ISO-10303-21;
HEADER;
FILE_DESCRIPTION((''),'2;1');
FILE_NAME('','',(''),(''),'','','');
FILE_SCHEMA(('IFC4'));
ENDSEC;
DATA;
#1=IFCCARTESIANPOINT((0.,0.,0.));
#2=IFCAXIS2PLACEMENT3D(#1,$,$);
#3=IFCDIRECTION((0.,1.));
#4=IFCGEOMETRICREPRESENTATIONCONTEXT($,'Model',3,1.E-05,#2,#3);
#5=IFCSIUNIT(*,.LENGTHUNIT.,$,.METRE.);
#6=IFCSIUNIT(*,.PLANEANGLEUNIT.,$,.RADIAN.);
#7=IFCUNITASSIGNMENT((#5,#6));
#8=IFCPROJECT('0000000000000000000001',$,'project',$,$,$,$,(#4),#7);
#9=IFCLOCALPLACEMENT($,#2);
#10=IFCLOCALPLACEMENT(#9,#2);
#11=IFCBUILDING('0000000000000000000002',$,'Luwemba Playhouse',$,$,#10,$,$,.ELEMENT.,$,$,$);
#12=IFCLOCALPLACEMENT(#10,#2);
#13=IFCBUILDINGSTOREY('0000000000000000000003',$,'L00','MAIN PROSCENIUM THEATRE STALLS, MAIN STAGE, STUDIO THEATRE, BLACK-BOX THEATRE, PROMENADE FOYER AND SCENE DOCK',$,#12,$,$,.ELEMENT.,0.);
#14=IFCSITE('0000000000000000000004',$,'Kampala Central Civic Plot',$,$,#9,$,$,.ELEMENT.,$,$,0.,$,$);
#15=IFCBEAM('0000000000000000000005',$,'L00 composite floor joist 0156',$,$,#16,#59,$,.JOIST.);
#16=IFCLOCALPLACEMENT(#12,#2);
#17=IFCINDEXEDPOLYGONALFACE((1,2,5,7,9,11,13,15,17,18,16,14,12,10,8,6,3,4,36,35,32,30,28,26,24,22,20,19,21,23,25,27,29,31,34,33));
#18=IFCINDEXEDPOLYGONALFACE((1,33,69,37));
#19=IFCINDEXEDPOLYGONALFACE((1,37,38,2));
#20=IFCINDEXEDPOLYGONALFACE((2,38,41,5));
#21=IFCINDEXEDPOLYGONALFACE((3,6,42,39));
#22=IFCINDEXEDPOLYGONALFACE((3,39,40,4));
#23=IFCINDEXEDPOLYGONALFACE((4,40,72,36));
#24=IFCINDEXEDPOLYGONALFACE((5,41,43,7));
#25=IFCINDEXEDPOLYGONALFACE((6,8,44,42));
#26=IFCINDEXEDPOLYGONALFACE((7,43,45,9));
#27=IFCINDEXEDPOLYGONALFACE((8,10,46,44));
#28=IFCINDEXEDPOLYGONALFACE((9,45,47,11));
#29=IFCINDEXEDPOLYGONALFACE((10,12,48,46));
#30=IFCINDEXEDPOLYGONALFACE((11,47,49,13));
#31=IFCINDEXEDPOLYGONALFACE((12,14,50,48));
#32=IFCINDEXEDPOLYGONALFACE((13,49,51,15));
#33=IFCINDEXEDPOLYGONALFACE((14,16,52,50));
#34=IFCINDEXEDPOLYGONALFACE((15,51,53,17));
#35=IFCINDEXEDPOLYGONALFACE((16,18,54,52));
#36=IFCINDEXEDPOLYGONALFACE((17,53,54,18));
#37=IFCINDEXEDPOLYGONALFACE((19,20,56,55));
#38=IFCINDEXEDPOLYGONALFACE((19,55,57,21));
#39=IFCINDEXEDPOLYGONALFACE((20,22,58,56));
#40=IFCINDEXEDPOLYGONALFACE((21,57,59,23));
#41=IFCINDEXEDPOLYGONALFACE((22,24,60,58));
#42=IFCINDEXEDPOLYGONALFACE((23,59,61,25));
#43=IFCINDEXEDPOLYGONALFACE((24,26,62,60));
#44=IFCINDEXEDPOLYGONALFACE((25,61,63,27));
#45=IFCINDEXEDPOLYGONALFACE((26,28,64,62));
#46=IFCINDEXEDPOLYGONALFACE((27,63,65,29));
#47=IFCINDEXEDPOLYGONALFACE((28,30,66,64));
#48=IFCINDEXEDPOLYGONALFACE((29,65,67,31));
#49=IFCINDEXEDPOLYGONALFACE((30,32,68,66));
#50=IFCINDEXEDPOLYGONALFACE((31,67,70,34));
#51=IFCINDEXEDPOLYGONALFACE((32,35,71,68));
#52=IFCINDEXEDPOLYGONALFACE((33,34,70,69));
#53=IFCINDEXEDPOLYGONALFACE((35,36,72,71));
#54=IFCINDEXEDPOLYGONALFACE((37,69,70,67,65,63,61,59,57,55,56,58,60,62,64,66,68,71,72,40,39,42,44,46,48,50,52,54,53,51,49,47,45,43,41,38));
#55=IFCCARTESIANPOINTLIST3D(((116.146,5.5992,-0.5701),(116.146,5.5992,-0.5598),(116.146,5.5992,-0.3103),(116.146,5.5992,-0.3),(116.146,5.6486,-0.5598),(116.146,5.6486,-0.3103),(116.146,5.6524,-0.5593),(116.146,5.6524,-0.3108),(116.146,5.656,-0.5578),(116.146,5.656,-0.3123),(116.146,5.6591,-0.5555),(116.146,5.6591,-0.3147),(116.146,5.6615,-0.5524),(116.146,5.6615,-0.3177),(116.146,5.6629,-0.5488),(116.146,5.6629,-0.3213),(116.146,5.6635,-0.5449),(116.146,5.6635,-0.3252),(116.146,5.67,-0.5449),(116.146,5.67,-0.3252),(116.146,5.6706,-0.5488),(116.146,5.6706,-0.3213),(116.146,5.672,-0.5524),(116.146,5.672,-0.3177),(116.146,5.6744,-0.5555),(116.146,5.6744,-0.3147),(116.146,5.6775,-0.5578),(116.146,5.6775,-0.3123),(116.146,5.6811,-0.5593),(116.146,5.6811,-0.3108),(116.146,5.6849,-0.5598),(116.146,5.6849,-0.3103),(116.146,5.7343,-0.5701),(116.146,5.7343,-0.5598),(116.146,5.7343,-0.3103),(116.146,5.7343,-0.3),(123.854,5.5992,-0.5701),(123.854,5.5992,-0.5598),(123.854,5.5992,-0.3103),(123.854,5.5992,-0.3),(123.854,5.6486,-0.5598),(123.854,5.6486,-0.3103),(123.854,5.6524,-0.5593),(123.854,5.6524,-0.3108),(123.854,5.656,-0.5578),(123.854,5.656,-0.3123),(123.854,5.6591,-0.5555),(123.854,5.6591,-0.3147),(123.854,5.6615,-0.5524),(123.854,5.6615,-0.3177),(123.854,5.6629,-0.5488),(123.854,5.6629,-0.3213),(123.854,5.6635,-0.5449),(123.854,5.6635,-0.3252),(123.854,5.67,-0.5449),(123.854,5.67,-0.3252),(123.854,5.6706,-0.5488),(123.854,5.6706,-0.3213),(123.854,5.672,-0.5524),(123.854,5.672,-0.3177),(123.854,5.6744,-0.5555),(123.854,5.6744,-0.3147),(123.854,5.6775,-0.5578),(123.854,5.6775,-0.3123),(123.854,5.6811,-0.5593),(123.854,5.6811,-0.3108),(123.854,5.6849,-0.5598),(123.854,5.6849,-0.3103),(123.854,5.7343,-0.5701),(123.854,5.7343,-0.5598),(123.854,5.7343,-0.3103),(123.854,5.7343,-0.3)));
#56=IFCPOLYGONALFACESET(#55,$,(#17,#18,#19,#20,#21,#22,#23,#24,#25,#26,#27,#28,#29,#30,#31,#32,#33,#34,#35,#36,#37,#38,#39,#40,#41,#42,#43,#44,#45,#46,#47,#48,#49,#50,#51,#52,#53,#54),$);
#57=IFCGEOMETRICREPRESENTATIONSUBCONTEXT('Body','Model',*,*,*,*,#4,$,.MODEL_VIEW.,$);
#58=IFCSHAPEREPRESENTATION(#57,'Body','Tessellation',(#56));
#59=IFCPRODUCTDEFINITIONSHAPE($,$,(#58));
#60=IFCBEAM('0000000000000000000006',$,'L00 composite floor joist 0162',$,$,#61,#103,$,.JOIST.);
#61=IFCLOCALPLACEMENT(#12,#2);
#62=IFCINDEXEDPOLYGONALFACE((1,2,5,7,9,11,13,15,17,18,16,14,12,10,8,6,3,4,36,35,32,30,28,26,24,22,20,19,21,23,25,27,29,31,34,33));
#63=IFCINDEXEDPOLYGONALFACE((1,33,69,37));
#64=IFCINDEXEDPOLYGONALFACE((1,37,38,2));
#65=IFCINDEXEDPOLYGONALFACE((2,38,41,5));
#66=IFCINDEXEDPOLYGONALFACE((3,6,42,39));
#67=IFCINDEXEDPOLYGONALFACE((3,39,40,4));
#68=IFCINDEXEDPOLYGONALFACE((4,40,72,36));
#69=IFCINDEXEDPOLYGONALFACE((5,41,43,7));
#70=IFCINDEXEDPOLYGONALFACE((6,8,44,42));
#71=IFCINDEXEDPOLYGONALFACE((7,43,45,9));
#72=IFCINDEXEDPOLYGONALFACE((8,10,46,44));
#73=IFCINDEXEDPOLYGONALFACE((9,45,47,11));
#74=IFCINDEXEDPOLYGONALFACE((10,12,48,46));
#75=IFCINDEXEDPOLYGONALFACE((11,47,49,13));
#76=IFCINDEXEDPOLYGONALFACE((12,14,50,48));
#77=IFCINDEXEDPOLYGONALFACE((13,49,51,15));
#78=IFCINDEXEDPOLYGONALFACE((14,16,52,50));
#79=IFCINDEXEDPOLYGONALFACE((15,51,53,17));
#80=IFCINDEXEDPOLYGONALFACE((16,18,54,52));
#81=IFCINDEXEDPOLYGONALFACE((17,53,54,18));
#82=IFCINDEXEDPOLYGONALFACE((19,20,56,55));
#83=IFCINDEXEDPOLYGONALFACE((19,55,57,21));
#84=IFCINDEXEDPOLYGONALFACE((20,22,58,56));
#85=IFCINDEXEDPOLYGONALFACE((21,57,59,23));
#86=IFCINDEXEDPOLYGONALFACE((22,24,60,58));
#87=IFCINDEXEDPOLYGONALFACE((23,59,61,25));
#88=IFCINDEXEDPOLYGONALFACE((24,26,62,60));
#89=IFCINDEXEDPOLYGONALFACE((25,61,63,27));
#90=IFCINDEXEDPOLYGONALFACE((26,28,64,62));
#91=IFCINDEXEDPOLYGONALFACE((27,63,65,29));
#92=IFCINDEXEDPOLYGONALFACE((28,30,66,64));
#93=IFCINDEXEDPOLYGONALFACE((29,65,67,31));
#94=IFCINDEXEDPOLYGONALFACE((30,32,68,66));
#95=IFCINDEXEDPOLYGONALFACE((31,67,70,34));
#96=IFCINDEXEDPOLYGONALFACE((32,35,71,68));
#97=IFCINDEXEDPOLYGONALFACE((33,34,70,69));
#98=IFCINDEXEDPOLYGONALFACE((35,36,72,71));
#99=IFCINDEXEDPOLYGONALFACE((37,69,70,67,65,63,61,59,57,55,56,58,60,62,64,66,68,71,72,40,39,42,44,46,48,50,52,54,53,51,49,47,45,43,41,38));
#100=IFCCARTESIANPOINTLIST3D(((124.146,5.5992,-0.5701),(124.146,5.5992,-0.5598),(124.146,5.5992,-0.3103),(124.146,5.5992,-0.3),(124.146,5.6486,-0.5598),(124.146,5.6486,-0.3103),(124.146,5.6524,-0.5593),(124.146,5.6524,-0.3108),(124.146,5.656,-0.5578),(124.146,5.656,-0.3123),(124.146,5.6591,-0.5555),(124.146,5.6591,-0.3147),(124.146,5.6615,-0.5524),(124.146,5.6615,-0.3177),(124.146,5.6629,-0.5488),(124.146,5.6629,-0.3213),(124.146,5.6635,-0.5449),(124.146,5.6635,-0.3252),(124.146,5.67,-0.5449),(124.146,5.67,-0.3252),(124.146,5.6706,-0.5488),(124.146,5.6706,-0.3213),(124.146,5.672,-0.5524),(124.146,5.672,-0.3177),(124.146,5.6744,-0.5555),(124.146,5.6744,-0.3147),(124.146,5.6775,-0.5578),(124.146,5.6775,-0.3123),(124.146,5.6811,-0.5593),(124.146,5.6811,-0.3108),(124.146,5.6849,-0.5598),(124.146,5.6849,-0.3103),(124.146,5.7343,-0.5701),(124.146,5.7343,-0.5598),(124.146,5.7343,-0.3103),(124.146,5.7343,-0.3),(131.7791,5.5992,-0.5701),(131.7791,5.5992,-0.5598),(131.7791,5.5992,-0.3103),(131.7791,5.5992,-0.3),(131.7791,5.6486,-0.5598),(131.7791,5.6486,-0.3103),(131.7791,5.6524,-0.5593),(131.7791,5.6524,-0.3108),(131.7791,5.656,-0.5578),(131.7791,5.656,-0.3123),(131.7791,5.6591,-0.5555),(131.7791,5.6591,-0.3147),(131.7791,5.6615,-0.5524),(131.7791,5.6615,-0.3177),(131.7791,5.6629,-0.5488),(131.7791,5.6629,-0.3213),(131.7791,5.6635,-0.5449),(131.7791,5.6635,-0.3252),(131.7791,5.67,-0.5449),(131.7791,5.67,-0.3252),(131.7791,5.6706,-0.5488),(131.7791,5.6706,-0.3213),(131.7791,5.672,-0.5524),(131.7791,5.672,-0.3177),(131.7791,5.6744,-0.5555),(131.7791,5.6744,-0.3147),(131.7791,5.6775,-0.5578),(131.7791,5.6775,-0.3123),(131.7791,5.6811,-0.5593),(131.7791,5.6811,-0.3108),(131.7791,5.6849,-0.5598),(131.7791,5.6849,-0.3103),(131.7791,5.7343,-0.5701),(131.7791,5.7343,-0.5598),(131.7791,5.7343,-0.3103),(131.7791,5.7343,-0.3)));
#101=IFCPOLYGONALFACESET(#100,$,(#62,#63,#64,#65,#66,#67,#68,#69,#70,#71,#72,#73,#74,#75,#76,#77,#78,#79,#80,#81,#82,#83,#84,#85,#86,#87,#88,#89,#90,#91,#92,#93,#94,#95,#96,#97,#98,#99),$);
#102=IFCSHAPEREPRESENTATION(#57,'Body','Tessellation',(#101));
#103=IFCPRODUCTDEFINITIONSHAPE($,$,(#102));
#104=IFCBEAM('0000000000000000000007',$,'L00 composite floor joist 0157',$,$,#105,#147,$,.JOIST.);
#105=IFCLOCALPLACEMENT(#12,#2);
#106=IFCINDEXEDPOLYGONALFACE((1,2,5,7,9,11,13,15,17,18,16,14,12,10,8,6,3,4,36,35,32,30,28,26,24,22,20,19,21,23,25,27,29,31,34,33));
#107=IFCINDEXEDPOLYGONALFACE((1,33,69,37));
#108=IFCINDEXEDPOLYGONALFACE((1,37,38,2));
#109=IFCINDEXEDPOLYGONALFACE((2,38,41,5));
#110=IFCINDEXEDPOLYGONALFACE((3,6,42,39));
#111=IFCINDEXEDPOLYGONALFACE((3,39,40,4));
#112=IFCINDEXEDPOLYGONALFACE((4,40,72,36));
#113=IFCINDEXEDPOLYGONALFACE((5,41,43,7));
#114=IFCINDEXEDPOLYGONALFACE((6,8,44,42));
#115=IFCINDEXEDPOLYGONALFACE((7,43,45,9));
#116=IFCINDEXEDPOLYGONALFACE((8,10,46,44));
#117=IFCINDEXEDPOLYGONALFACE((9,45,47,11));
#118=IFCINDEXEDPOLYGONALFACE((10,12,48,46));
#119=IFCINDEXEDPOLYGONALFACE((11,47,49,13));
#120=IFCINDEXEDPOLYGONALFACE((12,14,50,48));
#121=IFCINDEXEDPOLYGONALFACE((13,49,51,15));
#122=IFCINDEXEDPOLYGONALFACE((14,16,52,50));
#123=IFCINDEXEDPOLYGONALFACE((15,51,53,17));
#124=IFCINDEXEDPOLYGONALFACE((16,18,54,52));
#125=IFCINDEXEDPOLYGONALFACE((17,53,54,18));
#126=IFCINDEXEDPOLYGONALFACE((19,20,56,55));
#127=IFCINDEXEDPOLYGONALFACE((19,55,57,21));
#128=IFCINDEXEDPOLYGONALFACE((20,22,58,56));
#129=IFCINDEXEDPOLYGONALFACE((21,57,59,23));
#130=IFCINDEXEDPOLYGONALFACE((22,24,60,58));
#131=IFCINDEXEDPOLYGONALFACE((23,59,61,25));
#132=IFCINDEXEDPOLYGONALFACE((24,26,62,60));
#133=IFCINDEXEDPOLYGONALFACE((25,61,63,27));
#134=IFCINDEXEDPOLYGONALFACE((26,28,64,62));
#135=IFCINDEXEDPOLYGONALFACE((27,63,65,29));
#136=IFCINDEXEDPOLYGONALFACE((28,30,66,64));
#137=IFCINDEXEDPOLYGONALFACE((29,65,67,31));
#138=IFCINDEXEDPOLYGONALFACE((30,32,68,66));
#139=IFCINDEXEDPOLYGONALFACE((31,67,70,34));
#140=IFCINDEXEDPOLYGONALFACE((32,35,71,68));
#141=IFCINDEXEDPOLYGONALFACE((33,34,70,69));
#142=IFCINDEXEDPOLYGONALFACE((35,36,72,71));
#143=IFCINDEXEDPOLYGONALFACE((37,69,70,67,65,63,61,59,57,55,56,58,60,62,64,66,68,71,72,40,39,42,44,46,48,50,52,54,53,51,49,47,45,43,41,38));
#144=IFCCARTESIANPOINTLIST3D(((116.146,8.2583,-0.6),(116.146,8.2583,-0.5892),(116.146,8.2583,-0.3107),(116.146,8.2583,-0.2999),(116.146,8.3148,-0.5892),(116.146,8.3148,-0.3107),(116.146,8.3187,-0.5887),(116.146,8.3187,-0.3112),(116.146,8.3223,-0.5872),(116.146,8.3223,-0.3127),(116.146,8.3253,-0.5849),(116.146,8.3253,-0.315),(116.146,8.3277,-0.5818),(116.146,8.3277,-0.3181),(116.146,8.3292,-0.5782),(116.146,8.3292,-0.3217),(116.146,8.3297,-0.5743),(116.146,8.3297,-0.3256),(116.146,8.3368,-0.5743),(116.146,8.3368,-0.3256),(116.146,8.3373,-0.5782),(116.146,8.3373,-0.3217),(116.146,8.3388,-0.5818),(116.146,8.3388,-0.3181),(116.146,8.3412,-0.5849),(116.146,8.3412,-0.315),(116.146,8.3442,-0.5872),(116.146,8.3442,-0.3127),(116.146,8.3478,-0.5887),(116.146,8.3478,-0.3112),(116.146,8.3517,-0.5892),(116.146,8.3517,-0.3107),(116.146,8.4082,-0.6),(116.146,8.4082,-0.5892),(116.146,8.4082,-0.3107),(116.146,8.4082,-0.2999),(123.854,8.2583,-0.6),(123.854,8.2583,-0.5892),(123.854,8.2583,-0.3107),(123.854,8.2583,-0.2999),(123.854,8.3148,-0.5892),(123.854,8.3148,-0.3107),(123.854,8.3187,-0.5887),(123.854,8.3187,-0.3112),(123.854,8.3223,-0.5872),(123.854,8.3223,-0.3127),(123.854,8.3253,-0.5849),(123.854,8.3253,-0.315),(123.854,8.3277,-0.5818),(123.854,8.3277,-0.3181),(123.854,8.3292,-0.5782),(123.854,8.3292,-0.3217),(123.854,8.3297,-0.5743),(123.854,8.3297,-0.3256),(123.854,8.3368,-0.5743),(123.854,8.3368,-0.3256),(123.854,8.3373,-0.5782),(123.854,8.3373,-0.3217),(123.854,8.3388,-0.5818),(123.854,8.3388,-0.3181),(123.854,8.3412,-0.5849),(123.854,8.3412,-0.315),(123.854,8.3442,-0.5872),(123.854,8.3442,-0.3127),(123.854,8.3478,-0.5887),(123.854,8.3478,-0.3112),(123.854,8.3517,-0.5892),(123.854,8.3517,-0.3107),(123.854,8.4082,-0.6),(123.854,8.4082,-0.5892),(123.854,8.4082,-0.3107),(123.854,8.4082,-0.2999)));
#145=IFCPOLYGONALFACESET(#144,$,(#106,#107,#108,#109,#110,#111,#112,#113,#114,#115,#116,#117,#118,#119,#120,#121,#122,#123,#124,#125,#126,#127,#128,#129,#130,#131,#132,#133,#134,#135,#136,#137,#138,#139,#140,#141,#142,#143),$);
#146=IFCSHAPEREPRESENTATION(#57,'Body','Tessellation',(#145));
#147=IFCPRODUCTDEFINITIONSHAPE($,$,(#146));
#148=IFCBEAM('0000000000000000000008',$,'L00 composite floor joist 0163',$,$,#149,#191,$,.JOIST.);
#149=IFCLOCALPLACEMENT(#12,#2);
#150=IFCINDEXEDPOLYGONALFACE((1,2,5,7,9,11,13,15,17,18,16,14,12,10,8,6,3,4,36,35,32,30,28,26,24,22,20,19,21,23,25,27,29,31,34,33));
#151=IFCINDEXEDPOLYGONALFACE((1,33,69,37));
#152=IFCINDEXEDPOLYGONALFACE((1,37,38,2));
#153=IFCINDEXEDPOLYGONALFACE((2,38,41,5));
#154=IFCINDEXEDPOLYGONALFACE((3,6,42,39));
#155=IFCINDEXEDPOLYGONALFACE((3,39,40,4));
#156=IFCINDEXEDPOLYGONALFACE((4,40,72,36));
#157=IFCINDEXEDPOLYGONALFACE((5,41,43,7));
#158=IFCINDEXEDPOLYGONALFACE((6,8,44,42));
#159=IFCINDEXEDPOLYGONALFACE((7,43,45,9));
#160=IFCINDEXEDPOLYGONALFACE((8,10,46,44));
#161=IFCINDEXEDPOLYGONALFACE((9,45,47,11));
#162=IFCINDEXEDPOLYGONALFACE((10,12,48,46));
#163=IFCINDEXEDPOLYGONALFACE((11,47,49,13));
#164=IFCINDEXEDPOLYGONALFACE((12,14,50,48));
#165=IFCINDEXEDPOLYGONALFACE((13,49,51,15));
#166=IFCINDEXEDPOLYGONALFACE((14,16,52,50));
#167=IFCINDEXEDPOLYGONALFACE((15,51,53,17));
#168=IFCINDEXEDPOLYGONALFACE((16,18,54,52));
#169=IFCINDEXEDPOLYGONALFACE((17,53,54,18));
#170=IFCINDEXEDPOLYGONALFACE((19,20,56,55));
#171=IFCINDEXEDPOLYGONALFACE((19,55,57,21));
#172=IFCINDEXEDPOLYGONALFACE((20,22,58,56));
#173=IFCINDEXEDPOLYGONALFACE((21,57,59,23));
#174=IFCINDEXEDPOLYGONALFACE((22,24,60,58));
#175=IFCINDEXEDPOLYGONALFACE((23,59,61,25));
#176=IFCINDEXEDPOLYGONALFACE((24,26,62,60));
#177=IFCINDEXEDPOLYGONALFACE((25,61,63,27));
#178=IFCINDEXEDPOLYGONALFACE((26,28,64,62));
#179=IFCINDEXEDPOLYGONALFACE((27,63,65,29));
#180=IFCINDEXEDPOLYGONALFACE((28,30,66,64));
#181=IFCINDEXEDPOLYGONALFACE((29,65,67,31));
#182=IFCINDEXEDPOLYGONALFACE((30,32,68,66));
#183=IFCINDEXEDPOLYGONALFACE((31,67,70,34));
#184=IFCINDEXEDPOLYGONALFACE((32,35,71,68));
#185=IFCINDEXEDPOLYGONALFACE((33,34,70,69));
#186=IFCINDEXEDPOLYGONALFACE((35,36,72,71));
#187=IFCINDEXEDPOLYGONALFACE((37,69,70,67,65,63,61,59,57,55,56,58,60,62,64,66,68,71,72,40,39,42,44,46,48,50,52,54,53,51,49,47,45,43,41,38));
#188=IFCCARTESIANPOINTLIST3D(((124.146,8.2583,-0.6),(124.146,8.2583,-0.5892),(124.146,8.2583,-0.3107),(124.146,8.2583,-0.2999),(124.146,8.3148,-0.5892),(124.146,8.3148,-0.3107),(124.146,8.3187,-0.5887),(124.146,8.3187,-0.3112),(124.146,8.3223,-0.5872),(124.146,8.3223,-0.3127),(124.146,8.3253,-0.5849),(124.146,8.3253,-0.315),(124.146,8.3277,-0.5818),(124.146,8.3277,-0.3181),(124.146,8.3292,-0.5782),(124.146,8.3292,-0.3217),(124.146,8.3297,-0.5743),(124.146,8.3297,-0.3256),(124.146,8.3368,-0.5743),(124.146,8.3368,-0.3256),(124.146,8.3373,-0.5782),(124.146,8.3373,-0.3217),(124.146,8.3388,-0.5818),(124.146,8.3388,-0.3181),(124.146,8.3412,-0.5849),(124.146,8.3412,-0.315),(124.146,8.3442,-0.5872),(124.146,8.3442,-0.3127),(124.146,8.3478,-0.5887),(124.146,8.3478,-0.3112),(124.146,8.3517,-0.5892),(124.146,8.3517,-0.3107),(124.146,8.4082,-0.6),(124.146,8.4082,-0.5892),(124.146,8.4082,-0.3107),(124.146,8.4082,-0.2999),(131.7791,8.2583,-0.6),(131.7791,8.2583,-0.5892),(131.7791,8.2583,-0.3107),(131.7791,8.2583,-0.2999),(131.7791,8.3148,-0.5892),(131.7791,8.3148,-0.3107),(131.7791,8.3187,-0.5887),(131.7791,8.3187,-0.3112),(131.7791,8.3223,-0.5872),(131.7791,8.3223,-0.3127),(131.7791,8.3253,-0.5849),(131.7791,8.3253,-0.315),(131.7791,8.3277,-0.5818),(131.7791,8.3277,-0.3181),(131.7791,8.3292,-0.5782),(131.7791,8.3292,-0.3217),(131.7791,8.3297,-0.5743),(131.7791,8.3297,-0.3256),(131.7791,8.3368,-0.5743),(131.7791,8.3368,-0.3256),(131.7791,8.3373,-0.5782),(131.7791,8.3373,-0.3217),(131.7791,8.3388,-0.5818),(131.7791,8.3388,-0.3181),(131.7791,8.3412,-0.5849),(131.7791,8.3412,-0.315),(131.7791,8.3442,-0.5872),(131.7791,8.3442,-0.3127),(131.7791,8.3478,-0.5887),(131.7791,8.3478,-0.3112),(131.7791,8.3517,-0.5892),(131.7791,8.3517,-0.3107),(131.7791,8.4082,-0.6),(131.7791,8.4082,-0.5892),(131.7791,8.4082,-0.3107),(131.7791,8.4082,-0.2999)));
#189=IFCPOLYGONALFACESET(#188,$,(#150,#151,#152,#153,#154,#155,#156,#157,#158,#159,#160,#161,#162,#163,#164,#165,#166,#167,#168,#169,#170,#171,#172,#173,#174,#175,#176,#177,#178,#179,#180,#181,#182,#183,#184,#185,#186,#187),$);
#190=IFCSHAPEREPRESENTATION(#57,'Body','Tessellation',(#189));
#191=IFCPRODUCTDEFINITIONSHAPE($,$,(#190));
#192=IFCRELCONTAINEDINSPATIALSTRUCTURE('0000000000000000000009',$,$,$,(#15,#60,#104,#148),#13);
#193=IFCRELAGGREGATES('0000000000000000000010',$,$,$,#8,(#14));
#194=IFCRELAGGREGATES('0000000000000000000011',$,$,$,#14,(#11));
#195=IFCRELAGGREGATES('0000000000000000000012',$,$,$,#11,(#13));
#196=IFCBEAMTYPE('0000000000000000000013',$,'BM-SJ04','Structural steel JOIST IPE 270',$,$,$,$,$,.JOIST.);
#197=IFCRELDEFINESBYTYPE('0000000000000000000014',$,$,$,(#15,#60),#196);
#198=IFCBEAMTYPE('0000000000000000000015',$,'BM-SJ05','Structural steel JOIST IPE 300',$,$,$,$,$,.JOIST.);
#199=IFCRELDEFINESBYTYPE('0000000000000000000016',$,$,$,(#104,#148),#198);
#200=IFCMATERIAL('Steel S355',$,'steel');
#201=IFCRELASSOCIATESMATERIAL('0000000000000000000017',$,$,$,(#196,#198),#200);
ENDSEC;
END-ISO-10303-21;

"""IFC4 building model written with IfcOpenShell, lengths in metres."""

from ifc_helpers import new_model, si_unit, direction, frame, origin, origin_2d, place, context, subcontext, project, spatial, i_section, extrude, material, material_profile, profile_set, type_object, element, save


model = new_model("IFC4")

# Units and contexts
model_context = context("Model", 3, precision=1e-05, world=origin(), true_north=direction((0.0, 1.0)))
body_context = subcontext(model_context, "Body", "Model", "MODEL_VIEW")
ifc_project = project(units=[si_unit("LENGTHUNIT", "METRE"), si_unit("PLANEANGLEUNIT", "RADIAN")], contexts=[model_context])

# Site, building, storey
site_placement = place(None, origin())
site = spatial("IfcSite", under=ifc_project, at=site_placement, Name="Kampala Central Civic Plot", CompositionType="ELEMENT", RefElevation=0.0)
building_placement = place(site_placement, origin())
building = spatial("IfcBuilding", under=site, at=building_placement, Name="Luwemba Playhouse", CompositionType="ELEMENT")
storey_placement = place(building_placement, origin())
storey = spatial("IfcBuildingStorey", under=building, at=storey_placement, Name="L00", Description="MAIN PROSCENIUM THEATRE STALLS, MAIN STAGE, STUDIO THEATRE, BLACK-BOX THEATRE, PROMENADE FOYER AND SCENE DOCK", CompositionType="ELEMENT", Elevation=0.0)

# Beams
ifc_material_1 = material(Name="Steel S355", Category="steel")
ifc_material_profile_1 = material_profile(ifc_material_1, i_section(OverallWidth=0.135, OverallDepth=0.27, WebThickness=0.0066, FlangeThickness=0.0103, FilletRadius=0.0149, at=origin_2d()))
ifc_profile_set_1 = profile_set([ifc_material_profile_1], Name="Steel S355")
beam_type_1 = type_object("IfcBeamType", Name="BM-SJ04", Description="Structural steel JOIST IPE 270", PredefinedType="JOIST", material=ifc_profile_set_1)
beam_1_placement = place(storey_placement, frame((116.146, 5.6667, -0.4351), z_axis=(1.0, 0.0, 0.0), x_axis=(0.0, 1.0, 0.0)))
element("IfcBeam", 1, at=beam_1_placement, inside=storey, type_object=beam_type_1, Name="L00 composite floor joist 0156", PredefinedType="JOIST", context=body_context, shape_type="SweptSolid", body=[
    extrude(i_section(OverallWidth=0.135, OverallDepth=0.27, WebThickness=0.0066, FlangeThickness=0.0103, FilletRadius=0.0149, at=origin_2d()), origin(), (0.0, 0.0, 1.0), 7.708),
])
beam_2_placement = place(storey_placement, frame((124.146, 5.6667, -0.4351), z_axis=(1.0, 0.0, 0.0), x_axis=(0.0, 1.0, 0.0)))
element("IfcBeam", 2, at=beam_2_placement, inside=storey, type_object=beam_type_1, Name="L00 composite floor joist 0162", PredefinedType="JOIST", context=body_context, shape_type="SweptSolid", body=[
    extrude(i_section(OverallWidth=0.135, OverallDepth=0.27, WebThickness=0.0066, FlangeThickness=0.0103, FilletRadius=0.0149, at=origin_2d()), origin(), (0.0, 0.0, 1.0), 7.6331),
])
ifc_material_profile_2 = material_profile(ifc_material_1, i_section(OverallWidth=0.1499, OverallDepth=0.3, WebThickness=0.0071, FlangeThickness=0.0107, FilletRadius=0.0149, at=origin_2d()))
ifc_profile_set_2 = profile_set([ifc_material_profile_2], Name="Steel S355")
beam_type_2 = type_object("IfcBeamType", Name="BM-SJ05", Description="Structural steel JOIST IPE 300", PredefinedType="JOIST", material=ifc_profile_set_2)
beam_3_placement = place(storey_placement, frame((116.146, 8.3333, -0.45), z_axis=(1.0, 0.0, 0.0), x_axis=(0.0, 1.0, 0.0)))
element("IfcBeam", 3, at=beam_3_placement, inside=storey, type_object=beam_type_2, Name="L00 composite floor joist 0157", PredefinedType="JOIST", context=body_context, shape_type="SweptSolid", body=[
    extrude(i_section(OverallWidth=0.1499, OverallDepth=0.3, WebThickness=0.0071, FlangeThickness=0.0107, FilletRadius=0.0149, at=origin_2d()), origin(), (0.0, 0.0, 1.0), 7.708),
])
beam_4_placement = place(storey_placement, frame((124.146, 8.3333, -0.45), z_axis=(1.0, 0.0, 0.0), x_axis=(0.0, 1.0, 0.0)))
element("IfcBeam", 4, at=beam_4_placement, inside=storey, type_object=beam_type_2, Name="L00 composite floor joist 0163", PredefinedType="JOIST", context=body_context, shape_type="SweptSolid", body=[
    extrude(i_section(OverallWidth=0.1499, OverallDepth=0.3, WebThickness=0.0071, FlangeThickness=0.0107, FilletRadius=0.0149, at=origin_2d()), origin(), (0.0, 0.0, 1.0), 7.6331),
])

save(model, "model.ifc")
